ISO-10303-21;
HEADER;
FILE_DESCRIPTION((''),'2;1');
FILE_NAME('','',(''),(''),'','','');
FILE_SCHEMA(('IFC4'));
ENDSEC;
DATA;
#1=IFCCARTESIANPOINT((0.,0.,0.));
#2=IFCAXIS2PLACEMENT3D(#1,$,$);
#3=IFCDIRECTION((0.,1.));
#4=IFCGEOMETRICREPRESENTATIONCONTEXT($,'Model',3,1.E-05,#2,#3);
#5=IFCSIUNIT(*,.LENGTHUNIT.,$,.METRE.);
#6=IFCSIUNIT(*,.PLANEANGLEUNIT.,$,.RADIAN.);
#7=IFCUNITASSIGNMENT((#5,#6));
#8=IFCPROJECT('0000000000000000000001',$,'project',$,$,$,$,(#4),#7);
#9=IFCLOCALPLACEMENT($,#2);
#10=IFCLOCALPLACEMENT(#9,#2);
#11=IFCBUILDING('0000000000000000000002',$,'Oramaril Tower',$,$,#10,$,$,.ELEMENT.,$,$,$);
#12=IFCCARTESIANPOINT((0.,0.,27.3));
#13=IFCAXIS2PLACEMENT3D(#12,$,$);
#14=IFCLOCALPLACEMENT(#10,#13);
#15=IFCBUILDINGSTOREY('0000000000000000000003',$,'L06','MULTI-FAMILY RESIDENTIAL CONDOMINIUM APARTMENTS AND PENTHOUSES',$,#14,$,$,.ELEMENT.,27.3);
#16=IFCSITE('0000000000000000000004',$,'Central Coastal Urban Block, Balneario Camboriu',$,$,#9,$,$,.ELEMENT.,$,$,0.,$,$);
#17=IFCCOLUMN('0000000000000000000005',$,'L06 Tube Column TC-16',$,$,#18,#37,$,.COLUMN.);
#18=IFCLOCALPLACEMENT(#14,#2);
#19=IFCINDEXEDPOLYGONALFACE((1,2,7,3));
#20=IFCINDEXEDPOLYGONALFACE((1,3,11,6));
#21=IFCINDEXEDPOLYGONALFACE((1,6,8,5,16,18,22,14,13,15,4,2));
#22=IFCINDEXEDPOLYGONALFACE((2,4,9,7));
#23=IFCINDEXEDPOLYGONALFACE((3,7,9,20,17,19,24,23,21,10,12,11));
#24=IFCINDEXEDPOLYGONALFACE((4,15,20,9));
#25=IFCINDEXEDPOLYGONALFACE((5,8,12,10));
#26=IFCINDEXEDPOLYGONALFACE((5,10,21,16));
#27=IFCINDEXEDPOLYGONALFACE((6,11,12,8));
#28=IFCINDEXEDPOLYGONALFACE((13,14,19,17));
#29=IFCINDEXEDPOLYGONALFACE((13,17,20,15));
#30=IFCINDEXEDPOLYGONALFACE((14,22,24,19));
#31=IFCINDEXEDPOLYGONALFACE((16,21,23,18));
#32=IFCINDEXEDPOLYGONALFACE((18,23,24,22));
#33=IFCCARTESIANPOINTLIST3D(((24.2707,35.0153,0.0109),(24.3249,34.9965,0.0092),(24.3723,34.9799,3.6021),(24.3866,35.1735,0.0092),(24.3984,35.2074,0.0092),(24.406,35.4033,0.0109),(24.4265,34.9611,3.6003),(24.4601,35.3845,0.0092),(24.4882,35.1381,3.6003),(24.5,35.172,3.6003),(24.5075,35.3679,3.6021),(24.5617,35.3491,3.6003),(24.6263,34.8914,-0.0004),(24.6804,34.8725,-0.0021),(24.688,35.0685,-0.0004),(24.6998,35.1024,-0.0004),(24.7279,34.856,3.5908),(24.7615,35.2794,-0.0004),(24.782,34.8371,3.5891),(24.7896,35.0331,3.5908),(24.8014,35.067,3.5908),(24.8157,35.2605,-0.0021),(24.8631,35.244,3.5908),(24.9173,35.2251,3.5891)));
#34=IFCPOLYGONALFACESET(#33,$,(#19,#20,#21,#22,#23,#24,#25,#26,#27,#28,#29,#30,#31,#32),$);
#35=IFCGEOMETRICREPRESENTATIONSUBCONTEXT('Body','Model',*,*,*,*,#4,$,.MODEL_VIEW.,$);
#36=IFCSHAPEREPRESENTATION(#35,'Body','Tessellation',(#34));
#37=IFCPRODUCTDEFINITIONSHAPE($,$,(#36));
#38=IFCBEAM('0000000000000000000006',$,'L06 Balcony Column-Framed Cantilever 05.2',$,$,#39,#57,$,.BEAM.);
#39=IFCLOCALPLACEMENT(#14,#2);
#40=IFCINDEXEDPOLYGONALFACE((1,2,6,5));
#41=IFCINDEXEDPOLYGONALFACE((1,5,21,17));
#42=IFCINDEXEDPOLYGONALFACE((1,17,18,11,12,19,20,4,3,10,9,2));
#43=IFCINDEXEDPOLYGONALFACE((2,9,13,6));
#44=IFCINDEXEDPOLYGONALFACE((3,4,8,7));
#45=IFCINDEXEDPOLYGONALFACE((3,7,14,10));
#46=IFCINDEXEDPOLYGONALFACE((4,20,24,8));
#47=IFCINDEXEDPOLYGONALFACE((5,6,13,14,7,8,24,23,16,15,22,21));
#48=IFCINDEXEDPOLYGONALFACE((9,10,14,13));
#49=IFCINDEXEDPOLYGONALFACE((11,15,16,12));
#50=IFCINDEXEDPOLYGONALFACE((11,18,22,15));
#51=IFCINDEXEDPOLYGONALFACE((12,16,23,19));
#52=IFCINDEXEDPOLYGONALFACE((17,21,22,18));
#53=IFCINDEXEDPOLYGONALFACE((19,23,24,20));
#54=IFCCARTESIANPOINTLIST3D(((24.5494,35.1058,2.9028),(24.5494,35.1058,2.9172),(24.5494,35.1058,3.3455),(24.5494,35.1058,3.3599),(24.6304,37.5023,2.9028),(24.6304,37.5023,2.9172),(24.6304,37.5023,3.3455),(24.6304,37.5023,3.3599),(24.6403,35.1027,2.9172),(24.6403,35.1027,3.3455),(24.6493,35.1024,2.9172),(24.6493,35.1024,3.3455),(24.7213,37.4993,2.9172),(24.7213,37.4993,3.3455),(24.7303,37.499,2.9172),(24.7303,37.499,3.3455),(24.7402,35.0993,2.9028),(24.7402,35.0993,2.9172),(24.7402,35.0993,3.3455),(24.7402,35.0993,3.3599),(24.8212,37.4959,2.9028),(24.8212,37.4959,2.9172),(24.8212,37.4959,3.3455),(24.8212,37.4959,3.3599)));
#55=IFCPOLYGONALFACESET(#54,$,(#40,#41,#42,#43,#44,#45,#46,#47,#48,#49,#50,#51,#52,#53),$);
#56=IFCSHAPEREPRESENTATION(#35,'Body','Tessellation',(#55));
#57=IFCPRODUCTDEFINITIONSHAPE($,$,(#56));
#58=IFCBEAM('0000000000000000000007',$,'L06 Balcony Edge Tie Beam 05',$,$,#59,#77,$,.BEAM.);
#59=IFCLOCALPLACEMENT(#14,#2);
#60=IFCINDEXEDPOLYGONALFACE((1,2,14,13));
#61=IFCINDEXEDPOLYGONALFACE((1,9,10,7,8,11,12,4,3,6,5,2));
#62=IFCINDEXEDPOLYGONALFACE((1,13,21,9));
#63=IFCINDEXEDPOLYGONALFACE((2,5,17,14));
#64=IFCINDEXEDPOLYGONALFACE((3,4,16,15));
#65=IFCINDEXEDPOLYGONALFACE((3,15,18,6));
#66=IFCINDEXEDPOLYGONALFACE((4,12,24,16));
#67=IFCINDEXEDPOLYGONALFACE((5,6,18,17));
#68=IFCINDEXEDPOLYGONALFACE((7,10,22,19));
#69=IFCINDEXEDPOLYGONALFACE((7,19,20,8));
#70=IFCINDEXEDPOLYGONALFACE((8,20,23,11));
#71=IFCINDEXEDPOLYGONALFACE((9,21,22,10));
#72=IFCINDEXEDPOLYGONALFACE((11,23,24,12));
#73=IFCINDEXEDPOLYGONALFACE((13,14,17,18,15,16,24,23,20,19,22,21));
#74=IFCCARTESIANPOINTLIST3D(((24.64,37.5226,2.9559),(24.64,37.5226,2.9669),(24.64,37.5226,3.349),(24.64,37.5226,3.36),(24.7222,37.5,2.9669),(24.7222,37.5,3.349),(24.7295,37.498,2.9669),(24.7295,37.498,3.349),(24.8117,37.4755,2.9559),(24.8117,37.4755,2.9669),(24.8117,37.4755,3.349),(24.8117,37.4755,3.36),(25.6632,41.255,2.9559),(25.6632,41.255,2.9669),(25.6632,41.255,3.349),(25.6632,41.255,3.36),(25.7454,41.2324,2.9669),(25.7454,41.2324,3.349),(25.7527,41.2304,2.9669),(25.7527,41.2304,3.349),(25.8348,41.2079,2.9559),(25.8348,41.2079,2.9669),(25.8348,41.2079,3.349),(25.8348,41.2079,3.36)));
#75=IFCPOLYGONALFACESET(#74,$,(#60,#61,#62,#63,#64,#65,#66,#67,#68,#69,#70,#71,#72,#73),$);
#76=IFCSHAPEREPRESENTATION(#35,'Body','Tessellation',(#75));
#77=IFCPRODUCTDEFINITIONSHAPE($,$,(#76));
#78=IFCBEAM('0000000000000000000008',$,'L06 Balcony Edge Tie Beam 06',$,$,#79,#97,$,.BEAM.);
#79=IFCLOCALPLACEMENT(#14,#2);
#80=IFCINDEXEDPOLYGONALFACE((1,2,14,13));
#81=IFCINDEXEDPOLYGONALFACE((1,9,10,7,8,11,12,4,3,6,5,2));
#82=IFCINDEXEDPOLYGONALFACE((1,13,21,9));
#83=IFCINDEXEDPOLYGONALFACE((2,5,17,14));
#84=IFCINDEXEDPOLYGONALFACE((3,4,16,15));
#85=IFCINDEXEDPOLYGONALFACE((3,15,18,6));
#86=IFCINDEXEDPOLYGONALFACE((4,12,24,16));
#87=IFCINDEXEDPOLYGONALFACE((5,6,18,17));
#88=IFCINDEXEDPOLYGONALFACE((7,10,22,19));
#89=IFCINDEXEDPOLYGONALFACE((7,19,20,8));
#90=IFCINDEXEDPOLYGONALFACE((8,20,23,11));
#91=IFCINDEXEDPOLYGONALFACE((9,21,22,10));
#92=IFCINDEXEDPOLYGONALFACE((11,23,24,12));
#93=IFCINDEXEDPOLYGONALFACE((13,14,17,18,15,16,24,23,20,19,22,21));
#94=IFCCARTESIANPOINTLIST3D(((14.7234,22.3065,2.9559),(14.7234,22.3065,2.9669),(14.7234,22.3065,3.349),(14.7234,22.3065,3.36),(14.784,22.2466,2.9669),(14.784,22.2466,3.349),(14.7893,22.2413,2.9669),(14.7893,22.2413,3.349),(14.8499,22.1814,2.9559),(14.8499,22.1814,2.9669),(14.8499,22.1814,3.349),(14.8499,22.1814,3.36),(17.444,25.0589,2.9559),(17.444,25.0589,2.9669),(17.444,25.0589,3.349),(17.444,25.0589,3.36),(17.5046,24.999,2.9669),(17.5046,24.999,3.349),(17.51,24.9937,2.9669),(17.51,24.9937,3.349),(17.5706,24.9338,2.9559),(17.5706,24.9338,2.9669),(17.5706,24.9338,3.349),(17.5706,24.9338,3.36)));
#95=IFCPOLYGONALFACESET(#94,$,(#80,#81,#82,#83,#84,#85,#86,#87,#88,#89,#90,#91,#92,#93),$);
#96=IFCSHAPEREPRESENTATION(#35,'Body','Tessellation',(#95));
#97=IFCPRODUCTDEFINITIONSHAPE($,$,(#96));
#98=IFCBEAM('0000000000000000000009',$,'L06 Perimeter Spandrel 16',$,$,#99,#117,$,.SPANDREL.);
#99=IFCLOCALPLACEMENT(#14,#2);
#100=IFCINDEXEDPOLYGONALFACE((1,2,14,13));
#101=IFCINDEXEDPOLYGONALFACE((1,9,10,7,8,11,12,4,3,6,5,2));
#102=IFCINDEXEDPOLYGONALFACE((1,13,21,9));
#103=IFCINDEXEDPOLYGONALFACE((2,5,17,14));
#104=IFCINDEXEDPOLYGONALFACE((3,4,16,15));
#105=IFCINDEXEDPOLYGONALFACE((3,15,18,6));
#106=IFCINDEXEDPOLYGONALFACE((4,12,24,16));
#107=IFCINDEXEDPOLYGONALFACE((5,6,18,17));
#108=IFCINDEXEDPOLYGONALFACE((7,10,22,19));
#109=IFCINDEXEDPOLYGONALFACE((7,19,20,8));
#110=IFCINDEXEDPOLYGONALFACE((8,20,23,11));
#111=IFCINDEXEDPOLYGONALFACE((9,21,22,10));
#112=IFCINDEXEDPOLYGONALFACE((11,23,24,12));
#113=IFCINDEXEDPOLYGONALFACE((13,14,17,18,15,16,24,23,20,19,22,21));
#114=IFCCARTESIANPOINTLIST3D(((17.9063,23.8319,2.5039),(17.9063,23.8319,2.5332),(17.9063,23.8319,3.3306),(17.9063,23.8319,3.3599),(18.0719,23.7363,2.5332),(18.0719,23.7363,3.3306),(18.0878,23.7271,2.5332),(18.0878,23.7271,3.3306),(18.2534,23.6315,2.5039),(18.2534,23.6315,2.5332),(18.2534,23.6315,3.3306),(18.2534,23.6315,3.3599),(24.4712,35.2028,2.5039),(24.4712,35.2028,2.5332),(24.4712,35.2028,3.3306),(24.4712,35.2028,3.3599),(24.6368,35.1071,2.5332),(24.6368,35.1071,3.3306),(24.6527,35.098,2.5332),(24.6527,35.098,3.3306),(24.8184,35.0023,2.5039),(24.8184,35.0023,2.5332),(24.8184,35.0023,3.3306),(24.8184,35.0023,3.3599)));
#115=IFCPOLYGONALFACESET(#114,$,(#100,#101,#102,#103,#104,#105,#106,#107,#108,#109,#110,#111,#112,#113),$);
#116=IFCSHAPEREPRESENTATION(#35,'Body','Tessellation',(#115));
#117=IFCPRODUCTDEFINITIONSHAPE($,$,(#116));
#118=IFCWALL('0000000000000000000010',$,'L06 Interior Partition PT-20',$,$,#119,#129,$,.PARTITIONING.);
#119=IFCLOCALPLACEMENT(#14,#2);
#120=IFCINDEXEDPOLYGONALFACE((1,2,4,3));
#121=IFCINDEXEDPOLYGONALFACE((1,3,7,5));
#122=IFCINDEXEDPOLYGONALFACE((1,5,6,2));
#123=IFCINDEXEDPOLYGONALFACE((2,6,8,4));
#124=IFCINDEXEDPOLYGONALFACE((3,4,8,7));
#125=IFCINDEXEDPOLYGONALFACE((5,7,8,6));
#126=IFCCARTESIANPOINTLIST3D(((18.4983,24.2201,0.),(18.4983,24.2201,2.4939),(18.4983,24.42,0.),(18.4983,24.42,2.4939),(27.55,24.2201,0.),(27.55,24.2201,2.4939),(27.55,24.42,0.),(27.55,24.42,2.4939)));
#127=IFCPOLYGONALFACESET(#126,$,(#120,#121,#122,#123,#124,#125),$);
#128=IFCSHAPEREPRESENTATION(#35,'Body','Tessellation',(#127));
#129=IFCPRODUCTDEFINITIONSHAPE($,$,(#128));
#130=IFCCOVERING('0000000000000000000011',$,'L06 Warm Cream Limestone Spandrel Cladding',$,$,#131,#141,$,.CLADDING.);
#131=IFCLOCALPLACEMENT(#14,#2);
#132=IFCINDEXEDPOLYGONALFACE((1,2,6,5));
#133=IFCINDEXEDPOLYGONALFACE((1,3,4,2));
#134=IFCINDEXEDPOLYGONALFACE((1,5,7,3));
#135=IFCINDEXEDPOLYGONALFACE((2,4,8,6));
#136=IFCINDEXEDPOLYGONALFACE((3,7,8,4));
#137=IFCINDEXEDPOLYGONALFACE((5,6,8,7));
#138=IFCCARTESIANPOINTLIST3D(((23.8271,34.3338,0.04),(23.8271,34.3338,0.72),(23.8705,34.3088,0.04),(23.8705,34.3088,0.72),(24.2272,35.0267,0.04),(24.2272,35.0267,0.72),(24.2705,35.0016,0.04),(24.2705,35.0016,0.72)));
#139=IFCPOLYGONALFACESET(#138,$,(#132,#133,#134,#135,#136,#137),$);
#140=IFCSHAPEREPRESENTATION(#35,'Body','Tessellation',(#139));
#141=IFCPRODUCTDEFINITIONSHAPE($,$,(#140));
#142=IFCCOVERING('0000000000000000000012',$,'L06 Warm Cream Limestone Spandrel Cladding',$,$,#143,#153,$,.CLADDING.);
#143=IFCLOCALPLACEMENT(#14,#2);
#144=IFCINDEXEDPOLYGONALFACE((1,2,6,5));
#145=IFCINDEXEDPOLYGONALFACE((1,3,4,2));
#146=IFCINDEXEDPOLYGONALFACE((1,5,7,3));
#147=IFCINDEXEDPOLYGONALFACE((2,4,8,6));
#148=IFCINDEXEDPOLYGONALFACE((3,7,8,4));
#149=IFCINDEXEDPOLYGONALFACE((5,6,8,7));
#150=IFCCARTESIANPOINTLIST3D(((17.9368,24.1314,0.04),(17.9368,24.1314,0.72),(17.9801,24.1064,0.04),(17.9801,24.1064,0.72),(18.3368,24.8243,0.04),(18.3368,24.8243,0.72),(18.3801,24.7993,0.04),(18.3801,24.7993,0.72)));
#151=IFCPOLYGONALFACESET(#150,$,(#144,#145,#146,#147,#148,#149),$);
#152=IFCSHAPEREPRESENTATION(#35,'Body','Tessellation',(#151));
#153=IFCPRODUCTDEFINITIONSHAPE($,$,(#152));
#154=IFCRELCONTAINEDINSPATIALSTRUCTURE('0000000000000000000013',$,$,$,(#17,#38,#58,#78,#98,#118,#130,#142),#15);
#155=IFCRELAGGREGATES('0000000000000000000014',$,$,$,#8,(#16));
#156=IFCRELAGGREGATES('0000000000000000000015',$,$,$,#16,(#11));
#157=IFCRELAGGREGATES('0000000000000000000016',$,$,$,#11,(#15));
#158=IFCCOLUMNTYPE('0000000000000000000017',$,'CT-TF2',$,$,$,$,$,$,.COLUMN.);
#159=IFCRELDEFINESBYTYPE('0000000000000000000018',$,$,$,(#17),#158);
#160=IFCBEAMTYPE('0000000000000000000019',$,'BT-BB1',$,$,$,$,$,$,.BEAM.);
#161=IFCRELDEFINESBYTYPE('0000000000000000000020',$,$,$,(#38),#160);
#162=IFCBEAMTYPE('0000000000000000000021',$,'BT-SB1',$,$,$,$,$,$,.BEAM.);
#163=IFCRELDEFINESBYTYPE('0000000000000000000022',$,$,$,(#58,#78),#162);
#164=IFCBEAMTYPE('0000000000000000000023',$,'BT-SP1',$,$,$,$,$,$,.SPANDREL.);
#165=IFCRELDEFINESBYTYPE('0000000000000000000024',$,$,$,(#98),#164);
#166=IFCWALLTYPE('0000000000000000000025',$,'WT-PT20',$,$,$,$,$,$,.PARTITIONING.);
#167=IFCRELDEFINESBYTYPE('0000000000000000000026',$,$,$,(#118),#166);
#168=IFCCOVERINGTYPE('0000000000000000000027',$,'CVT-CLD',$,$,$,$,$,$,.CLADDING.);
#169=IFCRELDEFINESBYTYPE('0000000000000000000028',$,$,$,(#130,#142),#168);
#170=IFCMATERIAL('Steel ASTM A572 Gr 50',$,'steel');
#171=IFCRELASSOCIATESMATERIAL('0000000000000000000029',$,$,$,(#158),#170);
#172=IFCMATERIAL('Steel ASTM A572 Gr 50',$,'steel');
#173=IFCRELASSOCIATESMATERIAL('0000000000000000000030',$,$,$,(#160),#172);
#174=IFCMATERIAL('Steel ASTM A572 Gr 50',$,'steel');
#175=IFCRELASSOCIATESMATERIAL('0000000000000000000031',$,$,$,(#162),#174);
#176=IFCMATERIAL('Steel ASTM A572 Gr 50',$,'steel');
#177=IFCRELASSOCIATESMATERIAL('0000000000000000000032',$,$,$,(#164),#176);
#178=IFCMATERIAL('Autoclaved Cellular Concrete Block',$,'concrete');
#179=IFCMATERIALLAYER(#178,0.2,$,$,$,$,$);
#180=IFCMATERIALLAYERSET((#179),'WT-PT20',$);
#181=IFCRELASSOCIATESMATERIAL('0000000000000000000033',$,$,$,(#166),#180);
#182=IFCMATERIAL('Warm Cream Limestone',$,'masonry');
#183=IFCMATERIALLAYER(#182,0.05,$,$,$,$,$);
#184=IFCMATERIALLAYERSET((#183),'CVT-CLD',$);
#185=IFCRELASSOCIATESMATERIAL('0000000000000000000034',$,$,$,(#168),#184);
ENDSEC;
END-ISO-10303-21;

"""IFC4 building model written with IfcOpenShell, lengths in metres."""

from ifc_helpers import new_model, si_unit, direction, frame, frame_2d, origin, origin_2d, place, context, subcontext, project, spatial, rectangle, i_section, extrude, material, layer, layer_set, material_profile, profile_set, type_object, element, save


model = new_model("IFC4")

# Units and contexts
model_context = context("Model", 3, precision=1e-05, world=origin(), true_north=direction((0.0, 1.0)))
body_context = subcontext(model_context, "Body", "Model", "MODEL_VIEW")
ifc_project = project(units=[si_unit("LENGTHUNIT", "METRE"), si_unit("PLANEANGLEUNIT", "RADIAN")], contexts=[model_context])

# Site, building, storey
site_placement = place(None, origin())
site = spatial("IfcSite", under=ifc_project, at=site_placement, Name="Central Coastal Urban Block, Balneario Camboriu", CompositionType="ELEMENT", RefElevation=0.0)
building_placement = place(site_placement, origin())
building = spatial("IfcBuilding", under=site, at=building_placement, Name="Oramaril Tower", CompositionType="ELEMENT")
storey_placement = place(building_placement, frame((0.0, 0.0, 27.3)))
storey = spatial("IfcBuildingStorey", under=building, at=storey_placement, Name="L06", Description="MULTI-FAMILY RESIDENTIAL CONDOMINIUM APARTMENTS AND PENTHOUSES", CompositionType="ELEMENT", Elevation=27.3)

# Column
ifc_material_1 = material(Name="Steel ASTM A572 Gr 50", Category="steel")
ifc_material_profile_1 = material_profile(ifc_material_1, i_section(OverallWidth=0.4109, OverallDepth=0.4341, WebThickness=0.0359, FlangeThickness=0.0574, at=origin_2d()), Name="W14X311")
ifc_profile_set_1 = profile_set([ifc_material_profile_1], Name="Steel ASTM A572 Gr 50")
column_type = type_object("IfcColumnType", Name="CT-TF2", PredefinedType="COLUMN", material=ifc_profile_set_1)
column_placement = place(storey_placement, frame((24.5432, 35.1379, 0.0044), z_axis=(0.028269, -0.009853, 0.999552), x_axis=(0.329137, 0.944282, 0.0)))
element("IfcColumn", 1, at=column_placement, inside=storey, type_object=column_type, Name="L06 Tube Column TC-16", PredefinedType="COLUMN", context=body_context, shape_type="SweptSolid", body=[
    extrude(i_section(OverallWidth=0.4109, OverallDepth=0.4341, WebThickness=0.0359, FlangeThickness=0.0574, at=origin_2d()), origin(), (0.0, 0.0, 1.0), 3.5928),
])

# Beams
ifc_material_2 = material(Name="Steel ASTM A572 Gr 50", Category="steel")
ifc_material_profile_2 = material_profile(ifc_material_2, i_section(OverallWidth=0.1909, OverallDepth=0.457, WebThickness=0.009, FlangeThickness=0.0144, at=origin_2d()), Name="W18X50")
ifc_profile_set_2 = profile_set([ifc_material_profile_2], Name="Steel ASTM A572 Gr 50")
beam_type_1 = type_object("IfcBeamType", Name="BT-BB1", PredefinedType="BEAM", material=ifc_profile_set_2)
beam_1_placement = place(storey_placement, frame((24.6448, 35.1025, 3.1313), z_axis=(0.033803, 0.999429, 0.0), x_axis=(-0.999429, 0.033803, 0.0)))
element("IfcBeam", 2, at=beam_1_placement, inside=storey, type_object=beam_type_1, Name="L06 Balcony Column-Framed Cantilever 05.2", PredefinedType="BEAM", context=body_context, shape_type="SweptSolid", body=[
    extrude(i_section(OverallWidth=0.1909, OverallDepth=0.457, WebThickness=0.009, FlangeThickness=0.0144, at=origin_2d()), origin(), (0.0, 0.0, 1.0), 2.3979),
])
ifc_material_3 = material(Name="Steel ASTM A572 Gr 50", Category="steel")
ifc_material_profile_3 = material_profile(ifc_material_3, i_section(OverallWidth=0.178, OverallDepth=0.4041, WebThickness=0.0076, FlangeThickness=0.011, at=origin_2d()), Name="W16X36")
ifc_profile_set_3 = profile_set([ifc_material_profile_3], Name="Steel ASTM A572 Gr 50")
beam_type_2 = type_object("IfcBeamType", Name="BT-SB1", PredefinedType="BEAM", material=ifc_profile_set_3)
for number, where, z_axis, x_axis, name in (
    (3, (25.749, 41.2314, 3.158), (-0.264382, -0.964418, 0.0), (0.964418, -0.264382, 0.0), "L06 Balcony Edge Tie Beam 05"),
    (4, (17.5073, 24.9963, 3.158), (-0.702995, -0.711195, 0.0), (0.711195, -0.702995, 0.0), "L06 Balcony Edge Tie Beam 06"),
):
    element("IfcBeam", number, at=place(storey_placement, frame(where, z_axis=z_axis, x_axis=x_axis)), inside=storey, type_object=beam_type_2, Name=name, PredefinedType="BEAM", context=body_context, shape_type="SweptSolid", body=[
        extrude(i_section(OverallWidth=0.178, OverallDepth=0.4041, WebThickness=0.0076, FlangeThickness=0.011, at=origin_2d()), origin(), (0.0, 0.0, 1.0), 3.8701),
    ])
ifc_material_4 = material(Name="Steel ASTM A572 Gr 50", Category="steel")
ifc_material_profile_4 = material_profile(ifc_material_4, i_section(OverallWidth=0.4009, OverallDepth=0.856, WebThickness=0.0183, FlangeThickness=0.0293, at=origin_2d()), Name="W33X201")
ifc_profile_set_4 = profile_set([ifc_material_profile_4], Name="Steel ASTM A572 Gr 50")
beam_type_3 = type_object("IfcBeamType", Name="BT-SP1", PredefinedType="SPANDREL", material=ifc_profile_set_4)
beam_2_placement = place(storey_placement, frame((24.6448, 35.1025, 2.9319), z_axis=(-0.499999, -0.866026, 0.0), x_axis=(0.866026, -0.499999, 0.0)))
element("IfcBeam", 5, at=beam_2_placement, inside=storey, type_object=beam_type_3, Name="L06 Perimeter Spandrel 16", PredefinedType="SPANDREL", context=body_context, shape_type="SweptSolid", body=[
    extrude(i_section(OverallWidth=0.4009, OverallDepth=0.856, WebThickness=0.0183, FlangeThickness=0.0293, at=origin_2d()), origin(), (0.0, 0.0, 1.0), 13.1299),
])

# Wall
ifc_material_5 = material(Name="Autoclaved Cellular Concrete Block", Category="concrete")
ifc_layer_1 = layer(ifc_material_5, 0.2)
ifc_layer_set_1 = layer_set([ifc_layer_1], Name="WT-PT20")
wall_type = type_object("IfcWallType", Name="WT-PT20", PredefinedType="PARTITIONING", material=ifc_layer_set_1)
wall_placement = place(storey_placement, frame((18.4983, 24.3201, 0.0), z_axis=(0.0, 0.0, 1.0), x_axis=(1.0, 0.0, 0.0)))
element("IfcWall", 6, at=wall_placement, inside=storey, type_object=wall_type, Name="L06 Interior Partition PT-20", PredefinedType="PARTITIONING", context=body_context, shape_type="SweptSolid", body=[
    extrude(rectangle(XDim=9.0518, YDim=0.2, at=frame_2d((4.5259, 0.0))), origin(), (0.0, 0.0, 1.0), 2.4939),
])

# Coverings
ifc_material_6 = material(Name="Warm Cream Limestone", Category="masonry")
ifc_layer_2 = layer(ifc_material_6, 0.05)
ifc_layer_set_2 = layer_set([ifc_layer_2], Name="CVT-CLD")
covering_type = type_object("IfcCoveringType", Name="CVT-CLD", PredefinedType="CLADDING", material=ifc_layer_set_2)
for number, where, z_axis, x_axis, name in (
    (7, (24.0488, 34.6677, 0.04), (0.0, 0.0, 1.0), (-0.5, -0.866025, 0.0), "L06 Warm Cream Limestone Spandrel Cladding"),
    (8, (18.1584, 24.4653, 0.04), (0.0, 0.0, 1.0), (-0.5, -0.866025, 0.0), "L06 Warm Cream Limestone Spandrel Cladding"),
):
    element("IfcCovering", number, at=place(storey_placement, frame(where, z_axis=z_axis, x_axis=x_axis)), inside=storey, type_object=covering_type, Name=name, PredefinedType="CLADDING", context=body_context, shape_type="SweptSolid", body=[
        extrude(rectangle(XDim=0.8, YDim=0.05, at=origin_2d()), origin(), (0.0, 0.0, 1.0), 0.6799),
    ])

save(model, "model.ifc")
